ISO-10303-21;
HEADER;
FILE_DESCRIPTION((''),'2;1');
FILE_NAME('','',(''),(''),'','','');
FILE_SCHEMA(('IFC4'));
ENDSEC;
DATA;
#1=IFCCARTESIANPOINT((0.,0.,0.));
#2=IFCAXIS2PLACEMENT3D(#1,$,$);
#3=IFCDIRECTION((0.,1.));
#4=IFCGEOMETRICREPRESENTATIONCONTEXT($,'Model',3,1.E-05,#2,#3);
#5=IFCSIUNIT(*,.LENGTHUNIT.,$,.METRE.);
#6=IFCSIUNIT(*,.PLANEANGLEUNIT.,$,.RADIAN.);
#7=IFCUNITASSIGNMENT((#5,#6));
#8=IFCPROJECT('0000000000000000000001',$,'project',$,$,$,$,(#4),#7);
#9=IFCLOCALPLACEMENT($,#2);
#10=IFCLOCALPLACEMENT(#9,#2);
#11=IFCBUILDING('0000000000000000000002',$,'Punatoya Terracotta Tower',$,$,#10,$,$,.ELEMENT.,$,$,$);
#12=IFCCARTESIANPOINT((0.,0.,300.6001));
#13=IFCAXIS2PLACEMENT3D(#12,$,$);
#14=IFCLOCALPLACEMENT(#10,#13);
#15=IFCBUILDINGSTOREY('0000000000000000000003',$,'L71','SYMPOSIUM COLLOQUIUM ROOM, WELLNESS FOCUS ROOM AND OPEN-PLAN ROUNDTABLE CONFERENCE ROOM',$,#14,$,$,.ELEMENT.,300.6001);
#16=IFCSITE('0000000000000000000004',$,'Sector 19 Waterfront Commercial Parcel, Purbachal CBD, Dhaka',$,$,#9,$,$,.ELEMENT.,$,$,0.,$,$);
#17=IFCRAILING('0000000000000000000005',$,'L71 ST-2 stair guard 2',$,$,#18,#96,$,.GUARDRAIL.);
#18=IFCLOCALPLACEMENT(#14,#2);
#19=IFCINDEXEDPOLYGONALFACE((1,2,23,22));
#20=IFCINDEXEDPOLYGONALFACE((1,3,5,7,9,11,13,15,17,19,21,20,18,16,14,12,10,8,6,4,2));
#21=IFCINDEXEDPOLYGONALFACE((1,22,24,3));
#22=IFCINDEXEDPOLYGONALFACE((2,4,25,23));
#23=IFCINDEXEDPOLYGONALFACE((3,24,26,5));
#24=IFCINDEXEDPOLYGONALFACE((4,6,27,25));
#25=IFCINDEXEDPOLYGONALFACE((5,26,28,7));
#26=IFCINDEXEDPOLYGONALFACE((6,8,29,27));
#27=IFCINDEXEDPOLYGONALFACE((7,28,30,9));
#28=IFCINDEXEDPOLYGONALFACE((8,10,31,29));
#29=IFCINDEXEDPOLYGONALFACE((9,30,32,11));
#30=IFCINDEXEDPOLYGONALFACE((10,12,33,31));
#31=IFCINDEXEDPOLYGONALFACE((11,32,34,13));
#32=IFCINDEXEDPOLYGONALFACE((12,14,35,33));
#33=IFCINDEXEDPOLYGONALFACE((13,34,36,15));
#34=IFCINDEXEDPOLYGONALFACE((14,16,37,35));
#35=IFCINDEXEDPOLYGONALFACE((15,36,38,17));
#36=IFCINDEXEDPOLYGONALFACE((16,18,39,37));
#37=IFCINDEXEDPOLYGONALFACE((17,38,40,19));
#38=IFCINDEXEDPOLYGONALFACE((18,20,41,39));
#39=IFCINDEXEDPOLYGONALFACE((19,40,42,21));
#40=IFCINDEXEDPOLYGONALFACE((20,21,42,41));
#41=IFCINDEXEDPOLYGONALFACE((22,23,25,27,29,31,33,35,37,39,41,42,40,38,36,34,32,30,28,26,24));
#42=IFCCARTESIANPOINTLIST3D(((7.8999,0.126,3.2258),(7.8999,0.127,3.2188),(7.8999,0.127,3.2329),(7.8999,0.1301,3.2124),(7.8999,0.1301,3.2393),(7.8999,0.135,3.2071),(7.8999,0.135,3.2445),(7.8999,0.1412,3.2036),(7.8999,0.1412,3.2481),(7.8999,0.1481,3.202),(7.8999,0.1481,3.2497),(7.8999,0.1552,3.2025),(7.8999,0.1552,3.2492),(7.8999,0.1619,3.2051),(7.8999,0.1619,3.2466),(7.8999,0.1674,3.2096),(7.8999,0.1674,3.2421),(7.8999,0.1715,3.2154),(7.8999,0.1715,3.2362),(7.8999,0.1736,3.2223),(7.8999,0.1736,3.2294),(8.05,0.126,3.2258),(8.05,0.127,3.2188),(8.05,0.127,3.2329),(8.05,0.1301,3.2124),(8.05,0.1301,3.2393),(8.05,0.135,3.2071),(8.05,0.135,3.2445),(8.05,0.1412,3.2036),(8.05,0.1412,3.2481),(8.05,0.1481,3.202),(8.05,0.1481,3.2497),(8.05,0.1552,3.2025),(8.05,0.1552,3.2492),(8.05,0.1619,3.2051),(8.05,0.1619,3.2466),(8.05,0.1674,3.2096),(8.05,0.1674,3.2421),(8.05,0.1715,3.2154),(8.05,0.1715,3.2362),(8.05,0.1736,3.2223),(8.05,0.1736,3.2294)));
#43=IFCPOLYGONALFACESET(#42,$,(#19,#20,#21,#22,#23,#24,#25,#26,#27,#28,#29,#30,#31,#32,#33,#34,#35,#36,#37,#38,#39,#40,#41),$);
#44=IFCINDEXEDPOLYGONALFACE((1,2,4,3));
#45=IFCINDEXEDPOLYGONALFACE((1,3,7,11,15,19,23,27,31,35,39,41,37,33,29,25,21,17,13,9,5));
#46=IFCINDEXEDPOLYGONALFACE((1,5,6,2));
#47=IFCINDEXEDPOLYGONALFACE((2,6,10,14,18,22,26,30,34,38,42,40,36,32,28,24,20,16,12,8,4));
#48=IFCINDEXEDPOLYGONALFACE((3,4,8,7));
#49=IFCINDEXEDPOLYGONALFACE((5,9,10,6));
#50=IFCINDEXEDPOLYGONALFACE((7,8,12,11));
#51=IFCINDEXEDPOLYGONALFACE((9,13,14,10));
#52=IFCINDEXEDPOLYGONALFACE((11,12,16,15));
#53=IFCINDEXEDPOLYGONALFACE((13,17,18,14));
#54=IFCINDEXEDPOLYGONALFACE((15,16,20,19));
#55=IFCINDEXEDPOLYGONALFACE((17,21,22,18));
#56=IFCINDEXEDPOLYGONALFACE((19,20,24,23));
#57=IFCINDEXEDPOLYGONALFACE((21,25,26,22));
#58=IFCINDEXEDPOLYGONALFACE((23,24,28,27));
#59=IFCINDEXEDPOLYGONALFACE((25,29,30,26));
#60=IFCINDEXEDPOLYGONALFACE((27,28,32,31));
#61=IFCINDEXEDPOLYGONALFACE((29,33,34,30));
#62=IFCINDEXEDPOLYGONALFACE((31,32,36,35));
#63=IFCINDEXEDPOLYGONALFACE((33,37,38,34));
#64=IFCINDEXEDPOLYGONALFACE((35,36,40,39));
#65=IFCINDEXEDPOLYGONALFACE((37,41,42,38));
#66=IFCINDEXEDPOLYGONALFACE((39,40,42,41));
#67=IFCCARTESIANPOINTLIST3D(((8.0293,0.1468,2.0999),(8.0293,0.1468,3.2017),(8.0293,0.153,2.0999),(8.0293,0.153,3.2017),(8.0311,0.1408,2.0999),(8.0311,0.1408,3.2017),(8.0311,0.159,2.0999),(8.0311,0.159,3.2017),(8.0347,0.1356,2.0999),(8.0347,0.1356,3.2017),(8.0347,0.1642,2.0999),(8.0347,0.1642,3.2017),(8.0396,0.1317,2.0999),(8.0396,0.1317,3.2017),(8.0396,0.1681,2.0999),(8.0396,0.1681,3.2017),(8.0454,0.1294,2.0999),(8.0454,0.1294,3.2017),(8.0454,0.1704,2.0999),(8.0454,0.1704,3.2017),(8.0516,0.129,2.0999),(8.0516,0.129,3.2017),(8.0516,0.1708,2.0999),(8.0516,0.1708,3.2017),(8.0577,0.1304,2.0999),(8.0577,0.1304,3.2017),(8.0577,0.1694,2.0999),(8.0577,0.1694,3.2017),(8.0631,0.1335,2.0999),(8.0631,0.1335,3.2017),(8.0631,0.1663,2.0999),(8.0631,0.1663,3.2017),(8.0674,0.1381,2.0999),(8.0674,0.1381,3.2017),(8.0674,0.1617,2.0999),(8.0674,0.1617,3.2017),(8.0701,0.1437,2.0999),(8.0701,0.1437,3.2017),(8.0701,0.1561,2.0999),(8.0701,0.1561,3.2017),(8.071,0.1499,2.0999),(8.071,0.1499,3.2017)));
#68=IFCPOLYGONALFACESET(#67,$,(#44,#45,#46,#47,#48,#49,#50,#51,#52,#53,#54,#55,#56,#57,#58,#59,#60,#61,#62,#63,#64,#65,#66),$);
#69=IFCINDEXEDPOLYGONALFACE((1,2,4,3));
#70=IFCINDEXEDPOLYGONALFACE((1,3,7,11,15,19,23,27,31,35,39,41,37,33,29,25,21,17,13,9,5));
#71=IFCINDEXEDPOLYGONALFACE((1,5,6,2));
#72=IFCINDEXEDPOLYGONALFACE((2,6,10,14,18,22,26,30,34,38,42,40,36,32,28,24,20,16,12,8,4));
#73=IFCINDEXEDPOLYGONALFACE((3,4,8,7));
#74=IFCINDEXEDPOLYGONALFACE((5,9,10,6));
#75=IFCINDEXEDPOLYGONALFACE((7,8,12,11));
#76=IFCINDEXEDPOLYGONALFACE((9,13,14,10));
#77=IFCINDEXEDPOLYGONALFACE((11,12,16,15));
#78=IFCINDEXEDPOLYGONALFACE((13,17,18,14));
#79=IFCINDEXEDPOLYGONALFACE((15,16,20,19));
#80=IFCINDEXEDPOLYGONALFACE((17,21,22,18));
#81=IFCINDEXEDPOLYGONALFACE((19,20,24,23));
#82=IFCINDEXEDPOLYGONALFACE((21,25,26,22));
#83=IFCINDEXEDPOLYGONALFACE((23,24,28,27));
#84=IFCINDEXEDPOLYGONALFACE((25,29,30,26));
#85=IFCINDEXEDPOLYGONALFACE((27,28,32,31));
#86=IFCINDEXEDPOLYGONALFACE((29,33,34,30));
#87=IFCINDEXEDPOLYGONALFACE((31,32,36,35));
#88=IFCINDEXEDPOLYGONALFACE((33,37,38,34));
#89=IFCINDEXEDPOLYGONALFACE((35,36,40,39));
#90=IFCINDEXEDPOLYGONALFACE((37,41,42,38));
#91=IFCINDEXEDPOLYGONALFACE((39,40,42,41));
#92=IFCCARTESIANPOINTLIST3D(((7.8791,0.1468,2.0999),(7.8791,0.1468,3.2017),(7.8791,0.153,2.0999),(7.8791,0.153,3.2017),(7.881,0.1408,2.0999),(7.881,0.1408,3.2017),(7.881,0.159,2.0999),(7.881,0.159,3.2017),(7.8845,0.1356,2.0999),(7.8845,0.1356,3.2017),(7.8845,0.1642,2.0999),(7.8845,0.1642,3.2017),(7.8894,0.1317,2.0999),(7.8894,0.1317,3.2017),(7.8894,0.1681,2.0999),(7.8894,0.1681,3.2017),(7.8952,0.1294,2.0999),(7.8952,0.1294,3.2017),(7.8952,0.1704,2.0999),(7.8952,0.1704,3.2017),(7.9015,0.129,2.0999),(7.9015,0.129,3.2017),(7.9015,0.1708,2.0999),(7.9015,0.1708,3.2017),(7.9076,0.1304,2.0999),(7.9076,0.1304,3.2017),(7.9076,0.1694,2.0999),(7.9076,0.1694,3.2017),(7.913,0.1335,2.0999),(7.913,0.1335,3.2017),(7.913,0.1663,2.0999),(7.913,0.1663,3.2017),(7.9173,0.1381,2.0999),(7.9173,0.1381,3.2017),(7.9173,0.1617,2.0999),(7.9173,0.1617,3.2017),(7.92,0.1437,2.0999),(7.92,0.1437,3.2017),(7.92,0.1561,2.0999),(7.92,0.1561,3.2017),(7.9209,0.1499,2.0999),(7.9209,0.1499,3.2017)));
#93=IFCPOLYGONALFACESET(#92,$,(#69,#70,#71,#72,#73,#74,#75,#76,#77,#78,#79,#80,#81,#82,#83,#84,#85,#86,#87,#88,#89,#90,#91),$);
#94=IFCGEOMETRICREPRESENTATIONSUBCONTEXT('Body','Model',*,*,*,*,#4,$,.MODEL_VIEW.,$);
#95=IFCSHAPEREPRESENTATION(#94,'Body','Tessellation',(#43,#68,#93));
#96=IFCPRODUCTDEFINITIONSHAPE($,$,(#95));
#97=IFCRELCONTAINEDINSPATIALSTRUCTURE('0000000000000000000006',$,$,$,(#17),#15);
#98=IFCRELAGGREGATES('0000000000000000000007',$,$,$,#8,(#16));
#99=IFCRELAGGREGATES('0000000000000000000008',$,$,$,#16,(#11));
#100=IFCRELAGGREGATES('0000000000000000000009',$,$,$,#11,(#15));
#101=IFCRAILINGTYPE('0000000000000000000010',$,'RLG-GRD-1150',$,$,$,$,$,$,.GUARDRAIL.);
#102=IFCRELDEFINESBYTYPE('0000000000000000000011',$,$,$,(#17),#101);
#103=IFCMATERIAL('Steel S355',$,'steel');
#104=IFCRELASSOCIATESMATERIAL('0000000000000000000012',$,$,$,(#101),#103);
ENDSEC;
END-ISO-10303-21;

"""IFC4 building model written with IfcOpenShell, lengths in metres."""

from ifc_helpers import new_model, si_unit, direction, frame, origin, origin_2d, place, context, subcontext, project, spatial, circle, extrude, material, type_object, element, save


model = new_model("IFC4")

# Units and contexts
model_context = context("Model", 3, precision=1e-05, world=origin(), true_north=direction((0.0, 1.0)))
body_context = subcontext(model_context, "Body", "Model", "MODEL_VIEW")
ifc_project = project(units=[si_unit("LENGTHUNIT", "METRE"), si_unit("PLANEANGLEUNIT", "RADIAN")], contexts=[model_context])

# Site, building, storey
site_placement = place(None, origin())
site = spatial("IfcSite", under=ifc_project, at=site_placement, Name="Sector 19 Waterfront Commercial Parcel, Purbachal CBD, Dhaka", CompositionType="ELEMENT", RefElevation=0.0)
building_placement = place(site_placement, origin())
building = spatial("IfcBuilding", under=site, at=building_placement, Name="Punatoya Terracotta Tower", CompositionType="ELEMENT")
storey_placement = place(building_placement, frame((0.0, 0.0, 300.6001)))
storey = spatial("IfcBuildingStorey", under=building, at=storey_placement, Name="L71", Description="SYMPOSIUM COLLOQUIUM ROOM, WELLNESS FOCUS ROOM AND OPEN-PLAN ROUNDTABLE CONFERENCE ROOM", CompositionType="ELEMENT", Elevation=300.6001)

# Shared definitions
ifc_material_1 = material(Name="Steel S355", Category="steel")

# Railing
railing_type = type_object("IfcRailingType", Name="RLG-GRD-1150", PredefinedType="GUARDRAIL", material=ifc_material_1)
railing_placement = place(storey_placement, frame((8.05, 0.1499, 2.0999)))
element("IfcRailing", 1, at=railing_placement, inside=storey, type_object=railing_type, Name="L71 ST-2 stair guard 2", PredefinedType="GUARDRAIL", context=body_context, shape_type="SweptSolid", body=[
    extrude(circle(Radius=0.0239, at=origin_2d()), frame((0.0, 0.0, 1.126), z_axis=(-1.0, 0.0, 0.0), x_axis=(0.0, -1.0, 0.0)), (0.0, 0.0, 1.0), 0.1501),
    extrude(circle(Radius=0.021, at=origin_2d()), origin(), (0.0, 0.0, 1.0), 1.1018),
    extrude(circle(Radius=0.021, at=origin_2d()), frame((-0.1501, 0.0, 0.0)), (0.0, 0.0, 1.0), 1.1018),
])

save(model, "model.ifc")
